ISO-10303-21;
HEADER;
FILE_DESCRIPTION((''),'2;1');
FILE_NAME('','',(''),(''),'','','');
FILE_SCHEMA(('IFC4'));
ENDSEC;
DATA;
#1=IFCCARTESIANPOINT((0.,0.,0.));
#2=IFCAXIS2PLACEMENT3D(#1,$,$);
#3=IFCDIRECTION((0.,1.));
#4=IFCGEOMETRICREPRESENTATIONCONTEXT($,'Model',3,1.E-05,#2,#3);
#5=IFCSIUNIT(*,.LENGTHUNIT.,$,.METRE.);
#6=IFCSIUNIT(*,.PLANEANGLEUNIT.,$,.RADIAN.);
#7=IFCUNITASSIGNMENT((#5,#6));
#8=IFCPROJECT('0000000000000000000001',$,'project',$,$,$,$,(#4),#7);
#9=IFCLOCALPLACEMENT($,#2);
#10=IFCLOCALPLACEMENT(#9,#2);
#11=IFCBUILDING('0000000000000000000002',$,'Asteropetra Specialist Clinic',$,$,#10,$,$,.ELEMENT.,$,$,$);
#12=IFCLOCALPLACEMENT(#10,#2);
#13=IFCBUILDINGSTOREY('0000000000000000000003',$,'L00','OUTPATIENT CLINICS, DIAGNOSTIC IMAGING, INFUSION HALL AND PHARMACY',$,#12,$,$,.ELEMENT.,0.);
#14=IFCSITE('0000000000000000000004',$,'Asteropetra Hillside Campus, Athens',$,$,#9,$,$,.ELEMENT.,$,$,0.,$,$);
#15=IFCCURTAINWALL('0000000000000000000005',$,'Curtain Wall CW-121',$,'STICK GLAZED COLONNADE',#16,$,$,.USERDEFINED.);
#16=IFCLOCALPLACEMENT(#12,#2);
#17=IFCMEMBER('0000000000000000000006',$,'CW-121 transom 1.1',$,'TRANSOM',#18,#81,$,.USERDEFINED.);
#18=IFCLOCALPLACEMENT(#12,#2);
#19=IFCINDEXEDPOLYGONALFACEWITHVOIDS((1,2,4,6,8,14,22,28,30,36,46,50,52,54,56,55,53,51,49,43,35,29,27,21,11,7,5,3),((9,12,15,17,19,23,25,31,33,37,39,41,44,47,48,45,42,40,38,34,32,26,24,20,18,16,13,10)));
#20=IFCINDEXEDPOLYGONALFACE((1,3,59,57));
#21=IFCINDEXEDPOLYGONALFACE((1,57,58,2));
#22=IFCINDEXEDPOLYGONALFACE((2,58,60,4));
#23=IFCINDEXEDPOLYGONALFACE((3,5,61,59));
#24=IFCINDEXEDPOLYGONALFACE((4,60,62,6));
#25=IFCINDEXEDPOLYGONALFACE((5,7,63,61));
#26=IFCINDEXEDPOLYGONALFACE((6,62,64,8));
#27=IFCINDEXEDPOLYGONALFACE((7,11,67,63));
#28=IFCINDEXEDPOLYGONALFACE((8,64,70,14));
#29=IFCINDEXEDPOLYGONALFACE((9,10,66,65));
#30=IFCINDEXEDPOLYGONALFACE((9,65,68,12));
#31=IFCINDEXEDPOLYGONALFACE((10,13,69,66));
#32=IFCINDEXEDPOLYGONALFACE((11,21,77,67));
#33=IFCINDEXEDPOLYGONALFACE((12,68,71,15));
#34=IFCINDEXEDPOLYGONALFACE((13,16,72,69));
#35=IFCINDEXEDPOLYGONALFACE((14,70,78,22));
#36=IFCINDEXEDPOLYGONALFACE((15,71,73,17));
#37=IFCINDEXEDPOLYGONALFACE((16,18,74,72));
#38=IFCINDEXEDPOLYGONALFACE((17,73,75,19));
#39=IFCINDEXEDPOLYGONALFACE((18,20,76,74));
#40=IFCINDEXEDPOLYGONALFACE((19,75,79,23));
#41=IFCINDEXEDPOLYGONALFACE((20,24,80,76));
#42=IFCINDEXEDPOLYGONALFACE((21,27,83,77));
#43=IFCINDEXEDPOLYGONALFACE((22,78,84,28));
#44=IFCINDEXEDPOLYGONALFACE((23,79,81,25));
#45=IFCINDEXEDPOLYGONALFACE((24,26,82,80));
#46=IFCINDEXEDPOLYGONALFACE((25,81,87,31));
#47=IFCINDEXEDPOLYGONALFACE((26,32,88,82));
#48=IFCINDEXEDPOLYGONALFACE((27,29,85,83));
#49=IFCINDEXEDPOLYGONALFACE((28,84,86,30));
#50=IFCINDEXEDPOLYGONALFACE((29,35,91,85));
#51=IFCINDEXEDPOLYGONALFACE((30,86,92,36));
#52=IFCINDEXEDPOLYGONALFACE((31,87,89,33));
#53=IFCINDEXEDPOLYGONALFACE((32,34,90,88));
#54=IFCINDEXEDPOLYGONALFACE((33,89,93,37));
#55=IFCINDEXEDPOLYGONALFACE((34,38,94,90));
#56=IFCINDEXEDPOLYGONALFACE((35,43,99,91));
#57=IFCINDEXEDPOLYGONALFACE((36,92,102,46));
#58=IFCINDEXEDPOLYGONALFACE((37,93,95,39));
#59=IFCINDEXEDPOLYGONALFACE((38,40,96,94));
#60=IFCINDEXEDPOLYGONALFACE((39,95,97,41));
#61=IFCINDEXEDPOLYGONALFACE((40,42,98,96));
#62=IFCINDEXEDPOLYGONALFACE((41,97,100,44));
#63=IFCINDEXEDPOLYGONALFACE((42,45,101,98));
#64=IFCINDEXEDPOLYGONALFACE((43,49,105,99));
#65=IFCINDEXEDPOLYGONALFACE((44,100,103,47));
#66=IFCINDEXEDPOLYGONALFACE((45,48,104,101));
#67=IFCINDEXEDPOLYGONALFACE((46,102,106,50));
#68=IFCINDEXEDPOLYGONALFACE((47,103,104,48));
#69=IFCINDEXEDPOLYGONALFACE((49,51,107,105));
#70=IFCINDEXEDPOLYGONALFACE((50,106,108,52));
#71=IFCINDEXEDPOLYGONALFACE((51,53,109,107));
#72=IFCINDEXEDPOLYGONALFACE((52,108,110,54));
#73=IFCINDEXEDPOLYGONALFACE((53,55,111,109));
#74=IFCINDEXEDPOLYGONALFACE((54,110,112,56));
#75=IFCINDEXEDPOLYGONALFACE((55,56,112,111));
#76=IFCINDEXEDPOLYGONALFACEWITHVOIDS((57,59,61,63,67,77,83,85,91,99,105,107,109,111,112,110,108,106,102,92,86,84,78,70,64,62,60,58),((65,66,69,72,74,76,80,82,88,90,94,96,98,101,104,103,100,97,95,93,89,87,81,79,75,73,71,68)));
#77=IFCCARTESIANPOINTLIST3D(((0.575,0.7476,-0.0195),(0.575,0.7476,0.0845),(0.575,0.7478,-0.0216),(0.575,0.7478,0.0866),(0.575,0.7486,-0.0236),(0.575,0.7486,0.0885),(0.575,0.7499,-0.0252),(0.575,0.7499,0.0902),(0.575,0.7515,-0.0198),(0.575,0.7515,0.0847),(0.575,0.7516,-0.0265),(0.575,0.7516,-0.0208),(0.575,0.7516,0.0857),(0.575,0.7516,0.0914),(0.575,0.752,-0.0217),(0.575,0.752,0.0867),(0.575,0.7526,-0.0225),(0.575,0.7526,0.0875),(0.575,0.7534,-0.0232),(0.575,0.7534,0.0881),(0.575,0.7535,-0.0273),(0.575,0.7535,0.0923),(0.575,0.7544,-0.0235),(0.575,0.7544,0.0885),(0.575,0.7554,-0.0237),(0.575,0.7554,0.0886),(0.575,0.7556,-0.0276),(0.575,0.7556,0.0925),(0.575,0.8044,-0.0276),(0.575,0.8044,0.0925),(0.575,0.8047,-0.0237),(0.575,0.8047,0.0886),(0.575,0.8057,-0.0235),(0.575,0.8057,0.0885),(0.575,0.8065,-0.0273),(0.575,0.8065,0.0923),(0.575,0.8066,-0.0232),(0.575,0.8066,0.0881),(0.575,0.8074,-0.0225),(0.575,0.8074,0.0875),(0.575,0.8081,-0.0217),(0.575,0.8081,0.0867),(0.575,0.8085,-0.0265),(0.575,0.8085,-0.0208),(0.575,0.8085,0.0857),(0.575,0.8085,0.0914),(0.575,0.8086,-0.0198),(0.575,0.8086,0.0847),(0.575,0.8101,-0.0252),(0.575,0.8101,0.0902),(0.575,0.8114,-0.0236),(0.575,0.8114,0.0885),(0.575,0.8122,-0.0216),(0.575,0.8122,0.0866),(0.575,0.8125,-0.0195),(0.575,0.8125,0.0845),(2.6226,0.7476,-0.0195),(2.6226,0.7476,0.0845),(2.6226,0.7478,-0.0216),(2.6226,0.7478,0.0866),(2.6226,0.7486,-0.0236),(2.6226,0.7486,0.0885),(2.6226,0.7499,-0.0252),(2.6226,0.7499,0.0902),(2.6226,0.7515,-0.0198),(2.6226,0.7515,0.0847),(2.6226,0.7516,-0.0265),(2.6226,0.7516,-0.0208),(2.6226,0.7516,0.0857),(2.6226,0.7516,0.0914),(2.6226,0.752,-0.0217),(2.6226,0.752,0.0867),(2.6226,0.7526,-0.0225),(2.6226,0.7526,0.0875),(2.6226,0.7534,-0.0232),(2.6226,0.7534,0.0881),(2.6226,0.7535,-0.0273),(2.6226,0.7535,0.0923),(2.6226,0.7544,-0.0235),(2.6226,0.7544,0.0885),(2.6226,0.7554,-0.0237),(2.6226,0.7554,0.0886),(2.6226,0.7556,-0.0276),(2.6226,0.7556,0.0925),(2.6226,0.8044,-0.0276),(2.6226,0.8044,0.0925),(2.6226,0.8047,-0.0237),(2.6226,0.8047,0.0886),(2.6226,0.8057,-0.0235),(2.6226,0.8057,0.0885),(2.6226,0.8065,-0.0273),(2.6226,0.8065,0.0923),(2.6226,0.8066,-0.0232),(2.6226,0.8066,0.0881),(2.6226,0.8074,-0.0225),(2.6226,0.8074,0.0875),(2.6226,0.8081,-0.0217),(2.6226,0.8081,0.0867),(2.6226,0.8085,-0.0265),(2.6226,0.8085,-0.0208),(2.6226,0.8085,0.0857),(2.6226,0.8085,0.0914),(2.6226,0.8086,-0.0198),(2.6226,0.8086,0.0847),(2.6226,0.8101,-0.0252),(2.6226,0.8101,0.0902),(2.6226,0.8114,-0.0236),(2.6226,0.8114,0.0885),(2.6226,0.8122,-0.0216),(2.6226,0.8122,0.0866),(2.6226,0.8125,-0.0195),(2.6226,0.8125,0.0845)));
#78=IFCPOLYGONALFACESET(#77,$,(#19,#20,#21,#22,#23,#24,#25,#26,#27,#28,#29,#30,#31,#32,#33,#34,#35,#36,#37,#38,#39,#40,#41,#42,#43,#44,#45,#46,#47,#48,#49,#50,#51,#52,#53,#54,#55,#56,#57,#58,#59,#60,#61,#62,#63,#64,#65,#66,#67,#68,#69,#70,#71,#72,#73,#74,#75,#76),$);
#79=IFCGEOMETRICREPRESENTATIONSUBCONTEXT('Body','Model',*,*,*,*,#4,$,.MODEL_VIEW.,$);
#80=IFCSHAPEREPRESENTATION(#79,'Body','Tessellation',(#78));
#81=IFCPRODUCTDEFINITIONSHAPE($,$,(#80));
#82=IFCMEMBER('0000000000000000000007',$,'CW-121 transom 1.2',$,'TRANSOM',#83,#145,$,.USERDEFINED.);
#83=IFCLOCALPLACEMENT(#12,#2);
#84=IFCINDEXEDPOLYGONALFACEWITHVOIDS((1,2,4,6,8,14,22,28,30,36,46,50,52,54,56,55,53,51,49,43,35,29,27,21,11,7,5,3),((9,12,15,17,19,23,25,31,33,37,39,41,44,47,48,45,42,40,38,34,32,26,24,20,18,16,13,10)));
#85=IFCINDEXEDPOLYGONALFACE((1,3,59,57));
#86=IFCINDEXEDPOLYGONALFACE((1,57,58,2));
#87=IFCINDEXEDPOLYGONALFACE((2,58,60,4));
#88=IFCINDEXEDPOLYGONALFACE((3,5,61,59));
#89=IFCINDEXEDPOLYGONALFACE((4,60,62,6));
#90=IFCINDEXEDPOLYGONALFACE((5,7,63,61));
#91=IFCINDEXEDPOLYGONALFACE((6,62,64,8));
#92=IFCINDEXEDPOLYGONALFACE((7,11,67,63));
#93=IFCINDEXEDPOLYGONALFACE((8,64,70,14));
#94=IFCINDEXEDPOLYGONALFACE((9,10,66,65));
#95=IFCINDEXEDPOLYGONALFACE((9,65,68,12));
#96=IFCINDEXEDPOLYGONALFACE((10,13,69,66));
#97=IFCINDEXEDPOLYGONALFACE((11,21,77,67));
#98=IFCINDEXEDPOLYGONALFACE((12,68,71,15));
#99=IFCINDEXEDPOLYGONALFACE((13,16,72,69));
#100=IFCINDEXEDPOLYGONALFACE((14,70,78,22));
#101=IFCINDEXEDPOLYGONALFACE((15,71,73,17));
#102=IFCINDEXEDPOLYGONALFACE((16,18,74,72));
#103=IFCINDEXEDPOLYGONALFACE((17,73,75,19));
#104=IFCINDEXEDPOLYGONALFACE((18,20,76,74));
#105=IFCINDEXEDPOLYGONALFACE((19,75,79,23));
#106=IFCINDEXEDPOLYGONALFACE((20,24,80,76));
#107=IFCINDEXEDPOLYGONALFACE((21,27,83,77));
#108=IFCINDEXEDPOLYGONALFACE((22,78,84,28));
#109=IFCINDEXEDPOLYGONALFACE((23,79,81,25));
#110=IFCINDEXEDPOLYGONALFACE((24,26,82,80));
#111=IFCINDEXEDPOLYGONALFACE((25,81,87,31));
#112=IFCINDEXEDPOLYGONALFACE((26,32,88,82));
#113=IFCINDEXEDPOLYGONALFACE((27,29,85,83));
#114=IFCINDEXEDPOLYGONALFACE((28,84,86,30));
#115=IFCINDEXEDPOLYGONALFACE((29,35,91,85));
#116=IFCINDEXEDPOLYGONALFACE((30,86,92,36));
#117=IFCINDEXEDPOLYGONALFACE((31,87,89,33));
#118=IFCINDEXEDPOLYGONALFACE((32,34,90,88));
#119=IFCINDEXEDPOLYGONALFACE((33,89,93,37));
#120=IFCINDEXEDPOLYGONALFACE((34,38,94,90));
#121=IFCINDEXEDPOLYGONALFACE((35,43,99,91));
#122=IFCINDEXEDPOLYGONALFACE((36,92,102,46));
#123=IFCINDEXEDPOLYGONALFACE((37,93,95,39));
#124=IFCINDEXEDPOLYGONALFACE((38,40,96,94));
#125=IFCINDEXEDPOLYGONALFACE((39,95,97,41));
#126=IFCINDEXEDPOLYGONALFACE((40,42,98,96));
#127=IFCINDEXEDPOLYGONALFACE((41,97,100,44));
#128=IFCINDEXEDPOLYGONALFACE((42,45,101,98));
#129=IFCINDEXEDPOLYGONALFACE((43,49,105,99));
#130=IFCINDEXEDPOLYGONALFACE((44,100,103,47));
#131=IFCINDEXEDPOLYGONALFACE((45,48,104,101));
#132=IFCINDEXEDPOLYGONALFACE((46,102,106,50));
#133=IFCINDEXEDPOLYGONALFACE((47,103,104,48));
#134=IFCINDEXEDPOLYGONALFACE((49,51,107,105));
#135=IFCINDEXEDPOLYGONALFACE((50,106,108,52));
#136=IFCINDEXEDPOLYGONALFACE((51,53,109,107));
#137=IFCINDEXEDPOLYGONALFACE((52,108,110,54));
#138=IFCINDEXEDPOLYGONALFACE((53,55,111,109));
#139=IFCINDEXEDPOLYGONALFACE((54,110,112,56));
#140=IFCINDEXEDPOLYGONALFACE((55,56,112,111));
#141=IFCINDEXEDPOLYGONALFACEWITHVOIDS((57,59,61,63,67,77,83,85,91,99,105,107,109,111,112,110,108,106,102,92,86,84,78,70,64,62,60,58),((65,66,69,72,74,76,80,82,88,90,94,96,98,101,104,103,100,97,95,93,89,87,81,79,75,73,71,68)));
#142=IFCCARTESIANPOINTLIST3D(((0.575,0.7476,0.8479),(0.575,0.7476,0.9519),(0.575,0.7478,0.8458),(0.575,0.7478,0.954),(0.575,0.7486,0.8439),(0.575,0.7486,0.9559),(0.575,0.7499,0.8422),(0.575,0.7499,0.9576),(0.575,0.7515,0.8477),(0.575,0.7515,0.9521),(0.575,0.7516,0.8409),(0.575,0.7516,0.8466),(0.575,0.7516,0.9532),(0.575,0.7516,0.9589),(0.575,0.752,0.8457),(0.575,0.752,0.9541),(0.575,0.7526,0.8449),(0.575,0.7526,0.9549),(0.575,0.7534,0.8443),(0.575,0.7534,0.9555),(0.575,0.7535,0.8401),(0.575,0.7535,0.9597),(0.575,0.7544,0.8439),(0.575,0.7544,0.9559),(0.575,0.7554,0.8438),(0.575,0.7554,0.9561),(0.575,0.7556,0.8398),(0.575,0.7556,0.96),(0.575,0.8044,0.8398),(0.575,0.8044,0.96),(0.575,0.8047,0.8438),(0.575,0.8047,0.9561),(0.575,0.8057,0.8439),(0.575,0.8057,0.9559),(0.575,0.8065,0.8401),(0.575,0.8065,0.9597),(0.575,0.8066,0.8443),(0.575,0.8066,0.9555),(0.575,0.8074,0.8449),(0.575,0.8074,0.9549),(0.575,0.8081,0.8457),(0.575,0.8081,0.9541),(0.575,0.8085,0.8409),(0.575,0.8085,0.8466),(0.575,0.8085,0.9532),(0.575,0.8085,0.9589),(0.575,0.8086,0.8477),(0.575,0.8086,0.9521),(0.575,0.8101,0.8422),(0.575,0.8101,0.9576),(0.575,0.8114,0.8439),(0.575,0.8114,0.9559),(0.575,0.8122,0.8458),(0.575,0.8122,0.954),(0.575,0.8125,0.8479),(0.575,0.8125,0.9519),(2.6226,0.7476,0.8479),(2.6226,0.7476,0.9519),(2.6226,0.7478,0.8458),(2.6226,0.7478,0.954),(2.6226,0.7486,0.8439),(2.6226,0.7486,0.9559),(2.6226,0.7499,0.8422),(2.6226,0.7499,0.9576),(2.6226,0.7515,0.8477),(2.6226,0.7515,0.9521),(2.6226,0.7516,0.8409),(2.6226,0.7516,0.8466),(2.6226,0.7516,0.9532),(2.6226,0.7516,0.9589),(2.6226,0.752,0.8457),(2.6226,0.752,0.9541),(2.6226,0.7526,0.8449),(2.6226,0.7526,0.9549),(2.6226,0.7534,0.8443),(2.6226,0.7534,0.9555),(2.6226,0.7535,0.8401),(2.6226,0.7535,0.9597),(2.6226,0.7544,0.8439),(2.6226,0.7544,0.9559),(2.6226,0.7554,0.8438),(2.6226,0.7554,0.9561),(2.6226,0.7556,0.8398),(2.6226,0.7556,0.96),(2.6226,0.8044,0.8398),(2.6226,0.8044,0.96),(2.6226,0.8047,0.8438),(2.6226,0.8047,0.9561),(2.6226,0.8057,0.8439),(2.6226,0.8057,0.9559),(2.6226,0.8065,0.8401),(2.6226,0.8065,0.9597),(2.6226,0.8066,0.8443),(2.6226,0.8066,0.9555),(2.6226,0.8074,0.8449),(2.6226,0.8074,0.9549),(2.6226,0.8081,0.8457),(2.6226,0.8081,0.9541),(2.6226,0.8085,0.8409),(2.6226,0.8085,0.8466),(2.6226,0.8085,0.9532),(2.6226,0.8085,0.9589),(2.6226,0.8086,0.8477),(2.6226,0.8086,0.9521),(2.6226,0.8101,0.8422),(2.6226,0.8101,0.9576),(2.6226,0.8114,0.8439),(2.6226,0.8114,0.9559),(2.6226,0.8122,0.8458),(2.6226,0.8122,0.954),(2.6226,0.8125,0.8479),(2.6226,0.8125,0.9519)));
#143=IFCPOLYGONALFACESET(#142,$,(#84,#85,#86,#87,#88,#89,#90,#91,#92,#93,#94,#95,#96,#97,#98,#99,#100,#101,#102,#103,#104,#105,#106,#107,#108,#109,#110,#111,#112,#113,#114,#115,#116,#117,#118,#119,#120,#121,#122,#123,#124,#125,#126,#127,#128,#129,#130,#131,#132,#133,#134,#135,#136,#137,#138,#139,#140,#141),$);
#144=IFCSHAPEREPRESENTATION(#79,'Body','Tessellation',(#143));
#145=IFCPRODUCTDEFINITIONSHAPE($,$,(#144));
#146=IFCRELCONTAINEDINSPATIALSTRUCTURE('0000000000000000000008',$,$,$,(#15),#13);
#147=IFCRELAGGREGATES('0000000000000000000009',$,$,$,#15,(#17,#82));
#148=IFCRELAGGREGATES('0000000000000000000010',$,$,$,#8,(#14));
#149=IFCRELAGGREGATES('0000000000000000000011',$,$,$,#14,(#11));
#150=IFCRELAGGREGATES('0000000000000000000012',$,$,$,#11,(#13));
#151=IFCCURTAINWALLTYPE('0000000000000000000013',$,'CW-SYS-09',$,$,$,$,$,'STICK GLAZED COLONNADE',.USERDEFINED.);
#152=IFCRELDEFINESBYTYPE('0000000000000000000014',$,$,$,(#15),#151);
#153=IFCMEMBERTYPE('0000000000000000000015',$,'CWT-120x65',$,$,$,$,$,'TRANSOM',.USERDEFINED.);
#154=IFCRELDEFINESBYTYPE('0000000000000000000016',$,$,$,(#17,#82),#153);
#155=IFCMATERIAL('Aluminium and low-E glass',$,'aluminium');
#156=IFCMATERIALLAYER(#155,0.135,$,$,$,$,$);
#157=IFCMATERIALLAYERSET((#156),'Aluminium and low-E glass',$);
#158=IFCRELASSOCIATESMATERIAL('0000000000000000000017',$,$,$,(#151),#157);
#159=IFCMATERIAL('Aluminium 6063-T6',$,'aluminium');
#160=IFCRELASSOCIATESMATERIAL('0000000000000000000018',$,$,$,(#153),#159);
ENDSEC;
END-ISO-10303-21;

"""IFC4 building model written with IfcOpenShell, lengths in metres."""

from ifc_helpers import new_model, si_unit, direction, frame, origin, origin_2d, place, context, subcontext, project, spatial, hollow_rectangle, extrude, material, layer, layer_set, material_profile, profile_set, type_object, element, aggregate, save


model = new_model("IFC4")

# Units and contexts
model_context = context("Model", 3, precision=1e-05, world=origin(), true_north=direction((0.0, 1.0)))
body_context = subcontext(model_context, "Body", "Model", "MODEL_VIEW")
ifc_project = project(units=[si_unit("LENGTHUNIT", "METRE"), si_unit("PLANEANGLEUNIT", "RADIAN")], contexts=[model_context])

# Site, building, storey
site_placement = place(None, origin())
site = spatial("IfcSite", under=ifc_project, at=site_placement, Name="Asteropetra Hillside Campus, Athens", CompositionType="ELEMENT", RefElevation=0.0)
building_placement = place(site_placement, origin())
building = spatial("IfcBuilding", under=site, at=building_placement, Name="Asteropetra Specialist Clinic", CompositionType="ELEMENT")
storey_placement = place(building_placement, origin())
storey = spatial("IfcBuildingStorey", under=building, at=storey_placement, Name="L00", Description="OUTPATIENT CLINICS, DIAGNOSTIC IMAGING, INFUSION HALL AND PHARMACY", CompositionType="ELEMENT", Elevation=0.0)

# Curtain wall, members
ifc_material_1 = material(Name="Aluminium and low-E glass", Category="aluminium")
ifc_layer_1 = layer(ifc_material_1, 0.135)
ifc_layer_set_1 = layer_set([ifc_layer_1], Name="Aluminium and low-E glass")
curtain_wall_type = type_object("IfcCurtainWallType", Name="CW-SYS-09", ElementType="STICK GLAZED COLONNADE", PredefinedType="USERDEFINED", material=ifc_layer_set_1)
curtain_wall_placement = place(storey_placement, origin())
curtain_wall = element("IfcCurtainWall", 1, at=curtain_wall_placement, inside=storey, type_object=curtain_wall_type, Name="Curtain Wall CW-121", ObjectType="STICK GLAZED COLONNADE", PredefinedType="USERDEFINED")
ifc_material_2 = material(Name="Aluminium 6063-T6", Category="aluminium")
ifc_material_profile_1 = material_profile(ifc_material_2, hollow_rectangle(XDim=0.0649, YDim=0.1201, WallThickness=0.0039, InnerFilletRadius=0.0039, OuterFilletRadius=0.0081, at=origin_2d()), Name="TRN 120x65x4.0")
ifc_profile_set_1 = profile_set([ifc_material_profile_1], Name="Aluminium 6063-T6")
member_type_1 = type_object("IfcMemberType", Name="CWT-120x65", ElementType="TRANSOM", PredefinedType="USERDEFINED", material=ifc_profile_set_1)
member_1_placement = place(storey_placement, frame((0.575, 0.78, 0.0325), z_axis=(1.0, 0.0, 0.0), x_axis=(0.0, 1.0, 0.0)))
member_1 = element("IfcMember", 2, at=member_1_placement, type_object=member_type_1, Name="CW-121 transom 1.1", ObjectType="TRANSOM", PredefinedType="USERDEFINED", context=body_context, shape_type="SweptSolid", body=[
    extrude(hollow_rectangle(XDim=0.0649, YDim=0.1201, WallThickness=0.0039, InnerFilletRadius=0.0039, OuterFilletRadius=0.0081, at=origin_2d()), origin(), (0.0, 0.0, 1.0), 2.0476),
])
member_2_placement = place(storey_placement, frame((0.575, 0.78, 0.8999), z_axis=(1.0, 0.0, 0.0), x_axis=(0.0, 1.0, 0.0)))
member_2 = element("IfcMember", 3, at=member_2_placement, type_object=member_type_1, Name="CW-121 transom 1.2", ObjectType="TRANSOM", PredefinedType="USERDEFINED", context=body_context, shape_type="SweptSolid", body=[
    extrude(hollow_rectangle(XDim=0.0649, YDim=0.1201, WallThickness=0.0039, InnerFilletRadius=0.0039, OuterFilletRadius=0.0081, at=origin_2d()), origin(), (0.0, 0.0, 1.0), 2.0476),
])

aggregate(curtain_wall, [member_1, member_2])

save(model, "model.ifc")
